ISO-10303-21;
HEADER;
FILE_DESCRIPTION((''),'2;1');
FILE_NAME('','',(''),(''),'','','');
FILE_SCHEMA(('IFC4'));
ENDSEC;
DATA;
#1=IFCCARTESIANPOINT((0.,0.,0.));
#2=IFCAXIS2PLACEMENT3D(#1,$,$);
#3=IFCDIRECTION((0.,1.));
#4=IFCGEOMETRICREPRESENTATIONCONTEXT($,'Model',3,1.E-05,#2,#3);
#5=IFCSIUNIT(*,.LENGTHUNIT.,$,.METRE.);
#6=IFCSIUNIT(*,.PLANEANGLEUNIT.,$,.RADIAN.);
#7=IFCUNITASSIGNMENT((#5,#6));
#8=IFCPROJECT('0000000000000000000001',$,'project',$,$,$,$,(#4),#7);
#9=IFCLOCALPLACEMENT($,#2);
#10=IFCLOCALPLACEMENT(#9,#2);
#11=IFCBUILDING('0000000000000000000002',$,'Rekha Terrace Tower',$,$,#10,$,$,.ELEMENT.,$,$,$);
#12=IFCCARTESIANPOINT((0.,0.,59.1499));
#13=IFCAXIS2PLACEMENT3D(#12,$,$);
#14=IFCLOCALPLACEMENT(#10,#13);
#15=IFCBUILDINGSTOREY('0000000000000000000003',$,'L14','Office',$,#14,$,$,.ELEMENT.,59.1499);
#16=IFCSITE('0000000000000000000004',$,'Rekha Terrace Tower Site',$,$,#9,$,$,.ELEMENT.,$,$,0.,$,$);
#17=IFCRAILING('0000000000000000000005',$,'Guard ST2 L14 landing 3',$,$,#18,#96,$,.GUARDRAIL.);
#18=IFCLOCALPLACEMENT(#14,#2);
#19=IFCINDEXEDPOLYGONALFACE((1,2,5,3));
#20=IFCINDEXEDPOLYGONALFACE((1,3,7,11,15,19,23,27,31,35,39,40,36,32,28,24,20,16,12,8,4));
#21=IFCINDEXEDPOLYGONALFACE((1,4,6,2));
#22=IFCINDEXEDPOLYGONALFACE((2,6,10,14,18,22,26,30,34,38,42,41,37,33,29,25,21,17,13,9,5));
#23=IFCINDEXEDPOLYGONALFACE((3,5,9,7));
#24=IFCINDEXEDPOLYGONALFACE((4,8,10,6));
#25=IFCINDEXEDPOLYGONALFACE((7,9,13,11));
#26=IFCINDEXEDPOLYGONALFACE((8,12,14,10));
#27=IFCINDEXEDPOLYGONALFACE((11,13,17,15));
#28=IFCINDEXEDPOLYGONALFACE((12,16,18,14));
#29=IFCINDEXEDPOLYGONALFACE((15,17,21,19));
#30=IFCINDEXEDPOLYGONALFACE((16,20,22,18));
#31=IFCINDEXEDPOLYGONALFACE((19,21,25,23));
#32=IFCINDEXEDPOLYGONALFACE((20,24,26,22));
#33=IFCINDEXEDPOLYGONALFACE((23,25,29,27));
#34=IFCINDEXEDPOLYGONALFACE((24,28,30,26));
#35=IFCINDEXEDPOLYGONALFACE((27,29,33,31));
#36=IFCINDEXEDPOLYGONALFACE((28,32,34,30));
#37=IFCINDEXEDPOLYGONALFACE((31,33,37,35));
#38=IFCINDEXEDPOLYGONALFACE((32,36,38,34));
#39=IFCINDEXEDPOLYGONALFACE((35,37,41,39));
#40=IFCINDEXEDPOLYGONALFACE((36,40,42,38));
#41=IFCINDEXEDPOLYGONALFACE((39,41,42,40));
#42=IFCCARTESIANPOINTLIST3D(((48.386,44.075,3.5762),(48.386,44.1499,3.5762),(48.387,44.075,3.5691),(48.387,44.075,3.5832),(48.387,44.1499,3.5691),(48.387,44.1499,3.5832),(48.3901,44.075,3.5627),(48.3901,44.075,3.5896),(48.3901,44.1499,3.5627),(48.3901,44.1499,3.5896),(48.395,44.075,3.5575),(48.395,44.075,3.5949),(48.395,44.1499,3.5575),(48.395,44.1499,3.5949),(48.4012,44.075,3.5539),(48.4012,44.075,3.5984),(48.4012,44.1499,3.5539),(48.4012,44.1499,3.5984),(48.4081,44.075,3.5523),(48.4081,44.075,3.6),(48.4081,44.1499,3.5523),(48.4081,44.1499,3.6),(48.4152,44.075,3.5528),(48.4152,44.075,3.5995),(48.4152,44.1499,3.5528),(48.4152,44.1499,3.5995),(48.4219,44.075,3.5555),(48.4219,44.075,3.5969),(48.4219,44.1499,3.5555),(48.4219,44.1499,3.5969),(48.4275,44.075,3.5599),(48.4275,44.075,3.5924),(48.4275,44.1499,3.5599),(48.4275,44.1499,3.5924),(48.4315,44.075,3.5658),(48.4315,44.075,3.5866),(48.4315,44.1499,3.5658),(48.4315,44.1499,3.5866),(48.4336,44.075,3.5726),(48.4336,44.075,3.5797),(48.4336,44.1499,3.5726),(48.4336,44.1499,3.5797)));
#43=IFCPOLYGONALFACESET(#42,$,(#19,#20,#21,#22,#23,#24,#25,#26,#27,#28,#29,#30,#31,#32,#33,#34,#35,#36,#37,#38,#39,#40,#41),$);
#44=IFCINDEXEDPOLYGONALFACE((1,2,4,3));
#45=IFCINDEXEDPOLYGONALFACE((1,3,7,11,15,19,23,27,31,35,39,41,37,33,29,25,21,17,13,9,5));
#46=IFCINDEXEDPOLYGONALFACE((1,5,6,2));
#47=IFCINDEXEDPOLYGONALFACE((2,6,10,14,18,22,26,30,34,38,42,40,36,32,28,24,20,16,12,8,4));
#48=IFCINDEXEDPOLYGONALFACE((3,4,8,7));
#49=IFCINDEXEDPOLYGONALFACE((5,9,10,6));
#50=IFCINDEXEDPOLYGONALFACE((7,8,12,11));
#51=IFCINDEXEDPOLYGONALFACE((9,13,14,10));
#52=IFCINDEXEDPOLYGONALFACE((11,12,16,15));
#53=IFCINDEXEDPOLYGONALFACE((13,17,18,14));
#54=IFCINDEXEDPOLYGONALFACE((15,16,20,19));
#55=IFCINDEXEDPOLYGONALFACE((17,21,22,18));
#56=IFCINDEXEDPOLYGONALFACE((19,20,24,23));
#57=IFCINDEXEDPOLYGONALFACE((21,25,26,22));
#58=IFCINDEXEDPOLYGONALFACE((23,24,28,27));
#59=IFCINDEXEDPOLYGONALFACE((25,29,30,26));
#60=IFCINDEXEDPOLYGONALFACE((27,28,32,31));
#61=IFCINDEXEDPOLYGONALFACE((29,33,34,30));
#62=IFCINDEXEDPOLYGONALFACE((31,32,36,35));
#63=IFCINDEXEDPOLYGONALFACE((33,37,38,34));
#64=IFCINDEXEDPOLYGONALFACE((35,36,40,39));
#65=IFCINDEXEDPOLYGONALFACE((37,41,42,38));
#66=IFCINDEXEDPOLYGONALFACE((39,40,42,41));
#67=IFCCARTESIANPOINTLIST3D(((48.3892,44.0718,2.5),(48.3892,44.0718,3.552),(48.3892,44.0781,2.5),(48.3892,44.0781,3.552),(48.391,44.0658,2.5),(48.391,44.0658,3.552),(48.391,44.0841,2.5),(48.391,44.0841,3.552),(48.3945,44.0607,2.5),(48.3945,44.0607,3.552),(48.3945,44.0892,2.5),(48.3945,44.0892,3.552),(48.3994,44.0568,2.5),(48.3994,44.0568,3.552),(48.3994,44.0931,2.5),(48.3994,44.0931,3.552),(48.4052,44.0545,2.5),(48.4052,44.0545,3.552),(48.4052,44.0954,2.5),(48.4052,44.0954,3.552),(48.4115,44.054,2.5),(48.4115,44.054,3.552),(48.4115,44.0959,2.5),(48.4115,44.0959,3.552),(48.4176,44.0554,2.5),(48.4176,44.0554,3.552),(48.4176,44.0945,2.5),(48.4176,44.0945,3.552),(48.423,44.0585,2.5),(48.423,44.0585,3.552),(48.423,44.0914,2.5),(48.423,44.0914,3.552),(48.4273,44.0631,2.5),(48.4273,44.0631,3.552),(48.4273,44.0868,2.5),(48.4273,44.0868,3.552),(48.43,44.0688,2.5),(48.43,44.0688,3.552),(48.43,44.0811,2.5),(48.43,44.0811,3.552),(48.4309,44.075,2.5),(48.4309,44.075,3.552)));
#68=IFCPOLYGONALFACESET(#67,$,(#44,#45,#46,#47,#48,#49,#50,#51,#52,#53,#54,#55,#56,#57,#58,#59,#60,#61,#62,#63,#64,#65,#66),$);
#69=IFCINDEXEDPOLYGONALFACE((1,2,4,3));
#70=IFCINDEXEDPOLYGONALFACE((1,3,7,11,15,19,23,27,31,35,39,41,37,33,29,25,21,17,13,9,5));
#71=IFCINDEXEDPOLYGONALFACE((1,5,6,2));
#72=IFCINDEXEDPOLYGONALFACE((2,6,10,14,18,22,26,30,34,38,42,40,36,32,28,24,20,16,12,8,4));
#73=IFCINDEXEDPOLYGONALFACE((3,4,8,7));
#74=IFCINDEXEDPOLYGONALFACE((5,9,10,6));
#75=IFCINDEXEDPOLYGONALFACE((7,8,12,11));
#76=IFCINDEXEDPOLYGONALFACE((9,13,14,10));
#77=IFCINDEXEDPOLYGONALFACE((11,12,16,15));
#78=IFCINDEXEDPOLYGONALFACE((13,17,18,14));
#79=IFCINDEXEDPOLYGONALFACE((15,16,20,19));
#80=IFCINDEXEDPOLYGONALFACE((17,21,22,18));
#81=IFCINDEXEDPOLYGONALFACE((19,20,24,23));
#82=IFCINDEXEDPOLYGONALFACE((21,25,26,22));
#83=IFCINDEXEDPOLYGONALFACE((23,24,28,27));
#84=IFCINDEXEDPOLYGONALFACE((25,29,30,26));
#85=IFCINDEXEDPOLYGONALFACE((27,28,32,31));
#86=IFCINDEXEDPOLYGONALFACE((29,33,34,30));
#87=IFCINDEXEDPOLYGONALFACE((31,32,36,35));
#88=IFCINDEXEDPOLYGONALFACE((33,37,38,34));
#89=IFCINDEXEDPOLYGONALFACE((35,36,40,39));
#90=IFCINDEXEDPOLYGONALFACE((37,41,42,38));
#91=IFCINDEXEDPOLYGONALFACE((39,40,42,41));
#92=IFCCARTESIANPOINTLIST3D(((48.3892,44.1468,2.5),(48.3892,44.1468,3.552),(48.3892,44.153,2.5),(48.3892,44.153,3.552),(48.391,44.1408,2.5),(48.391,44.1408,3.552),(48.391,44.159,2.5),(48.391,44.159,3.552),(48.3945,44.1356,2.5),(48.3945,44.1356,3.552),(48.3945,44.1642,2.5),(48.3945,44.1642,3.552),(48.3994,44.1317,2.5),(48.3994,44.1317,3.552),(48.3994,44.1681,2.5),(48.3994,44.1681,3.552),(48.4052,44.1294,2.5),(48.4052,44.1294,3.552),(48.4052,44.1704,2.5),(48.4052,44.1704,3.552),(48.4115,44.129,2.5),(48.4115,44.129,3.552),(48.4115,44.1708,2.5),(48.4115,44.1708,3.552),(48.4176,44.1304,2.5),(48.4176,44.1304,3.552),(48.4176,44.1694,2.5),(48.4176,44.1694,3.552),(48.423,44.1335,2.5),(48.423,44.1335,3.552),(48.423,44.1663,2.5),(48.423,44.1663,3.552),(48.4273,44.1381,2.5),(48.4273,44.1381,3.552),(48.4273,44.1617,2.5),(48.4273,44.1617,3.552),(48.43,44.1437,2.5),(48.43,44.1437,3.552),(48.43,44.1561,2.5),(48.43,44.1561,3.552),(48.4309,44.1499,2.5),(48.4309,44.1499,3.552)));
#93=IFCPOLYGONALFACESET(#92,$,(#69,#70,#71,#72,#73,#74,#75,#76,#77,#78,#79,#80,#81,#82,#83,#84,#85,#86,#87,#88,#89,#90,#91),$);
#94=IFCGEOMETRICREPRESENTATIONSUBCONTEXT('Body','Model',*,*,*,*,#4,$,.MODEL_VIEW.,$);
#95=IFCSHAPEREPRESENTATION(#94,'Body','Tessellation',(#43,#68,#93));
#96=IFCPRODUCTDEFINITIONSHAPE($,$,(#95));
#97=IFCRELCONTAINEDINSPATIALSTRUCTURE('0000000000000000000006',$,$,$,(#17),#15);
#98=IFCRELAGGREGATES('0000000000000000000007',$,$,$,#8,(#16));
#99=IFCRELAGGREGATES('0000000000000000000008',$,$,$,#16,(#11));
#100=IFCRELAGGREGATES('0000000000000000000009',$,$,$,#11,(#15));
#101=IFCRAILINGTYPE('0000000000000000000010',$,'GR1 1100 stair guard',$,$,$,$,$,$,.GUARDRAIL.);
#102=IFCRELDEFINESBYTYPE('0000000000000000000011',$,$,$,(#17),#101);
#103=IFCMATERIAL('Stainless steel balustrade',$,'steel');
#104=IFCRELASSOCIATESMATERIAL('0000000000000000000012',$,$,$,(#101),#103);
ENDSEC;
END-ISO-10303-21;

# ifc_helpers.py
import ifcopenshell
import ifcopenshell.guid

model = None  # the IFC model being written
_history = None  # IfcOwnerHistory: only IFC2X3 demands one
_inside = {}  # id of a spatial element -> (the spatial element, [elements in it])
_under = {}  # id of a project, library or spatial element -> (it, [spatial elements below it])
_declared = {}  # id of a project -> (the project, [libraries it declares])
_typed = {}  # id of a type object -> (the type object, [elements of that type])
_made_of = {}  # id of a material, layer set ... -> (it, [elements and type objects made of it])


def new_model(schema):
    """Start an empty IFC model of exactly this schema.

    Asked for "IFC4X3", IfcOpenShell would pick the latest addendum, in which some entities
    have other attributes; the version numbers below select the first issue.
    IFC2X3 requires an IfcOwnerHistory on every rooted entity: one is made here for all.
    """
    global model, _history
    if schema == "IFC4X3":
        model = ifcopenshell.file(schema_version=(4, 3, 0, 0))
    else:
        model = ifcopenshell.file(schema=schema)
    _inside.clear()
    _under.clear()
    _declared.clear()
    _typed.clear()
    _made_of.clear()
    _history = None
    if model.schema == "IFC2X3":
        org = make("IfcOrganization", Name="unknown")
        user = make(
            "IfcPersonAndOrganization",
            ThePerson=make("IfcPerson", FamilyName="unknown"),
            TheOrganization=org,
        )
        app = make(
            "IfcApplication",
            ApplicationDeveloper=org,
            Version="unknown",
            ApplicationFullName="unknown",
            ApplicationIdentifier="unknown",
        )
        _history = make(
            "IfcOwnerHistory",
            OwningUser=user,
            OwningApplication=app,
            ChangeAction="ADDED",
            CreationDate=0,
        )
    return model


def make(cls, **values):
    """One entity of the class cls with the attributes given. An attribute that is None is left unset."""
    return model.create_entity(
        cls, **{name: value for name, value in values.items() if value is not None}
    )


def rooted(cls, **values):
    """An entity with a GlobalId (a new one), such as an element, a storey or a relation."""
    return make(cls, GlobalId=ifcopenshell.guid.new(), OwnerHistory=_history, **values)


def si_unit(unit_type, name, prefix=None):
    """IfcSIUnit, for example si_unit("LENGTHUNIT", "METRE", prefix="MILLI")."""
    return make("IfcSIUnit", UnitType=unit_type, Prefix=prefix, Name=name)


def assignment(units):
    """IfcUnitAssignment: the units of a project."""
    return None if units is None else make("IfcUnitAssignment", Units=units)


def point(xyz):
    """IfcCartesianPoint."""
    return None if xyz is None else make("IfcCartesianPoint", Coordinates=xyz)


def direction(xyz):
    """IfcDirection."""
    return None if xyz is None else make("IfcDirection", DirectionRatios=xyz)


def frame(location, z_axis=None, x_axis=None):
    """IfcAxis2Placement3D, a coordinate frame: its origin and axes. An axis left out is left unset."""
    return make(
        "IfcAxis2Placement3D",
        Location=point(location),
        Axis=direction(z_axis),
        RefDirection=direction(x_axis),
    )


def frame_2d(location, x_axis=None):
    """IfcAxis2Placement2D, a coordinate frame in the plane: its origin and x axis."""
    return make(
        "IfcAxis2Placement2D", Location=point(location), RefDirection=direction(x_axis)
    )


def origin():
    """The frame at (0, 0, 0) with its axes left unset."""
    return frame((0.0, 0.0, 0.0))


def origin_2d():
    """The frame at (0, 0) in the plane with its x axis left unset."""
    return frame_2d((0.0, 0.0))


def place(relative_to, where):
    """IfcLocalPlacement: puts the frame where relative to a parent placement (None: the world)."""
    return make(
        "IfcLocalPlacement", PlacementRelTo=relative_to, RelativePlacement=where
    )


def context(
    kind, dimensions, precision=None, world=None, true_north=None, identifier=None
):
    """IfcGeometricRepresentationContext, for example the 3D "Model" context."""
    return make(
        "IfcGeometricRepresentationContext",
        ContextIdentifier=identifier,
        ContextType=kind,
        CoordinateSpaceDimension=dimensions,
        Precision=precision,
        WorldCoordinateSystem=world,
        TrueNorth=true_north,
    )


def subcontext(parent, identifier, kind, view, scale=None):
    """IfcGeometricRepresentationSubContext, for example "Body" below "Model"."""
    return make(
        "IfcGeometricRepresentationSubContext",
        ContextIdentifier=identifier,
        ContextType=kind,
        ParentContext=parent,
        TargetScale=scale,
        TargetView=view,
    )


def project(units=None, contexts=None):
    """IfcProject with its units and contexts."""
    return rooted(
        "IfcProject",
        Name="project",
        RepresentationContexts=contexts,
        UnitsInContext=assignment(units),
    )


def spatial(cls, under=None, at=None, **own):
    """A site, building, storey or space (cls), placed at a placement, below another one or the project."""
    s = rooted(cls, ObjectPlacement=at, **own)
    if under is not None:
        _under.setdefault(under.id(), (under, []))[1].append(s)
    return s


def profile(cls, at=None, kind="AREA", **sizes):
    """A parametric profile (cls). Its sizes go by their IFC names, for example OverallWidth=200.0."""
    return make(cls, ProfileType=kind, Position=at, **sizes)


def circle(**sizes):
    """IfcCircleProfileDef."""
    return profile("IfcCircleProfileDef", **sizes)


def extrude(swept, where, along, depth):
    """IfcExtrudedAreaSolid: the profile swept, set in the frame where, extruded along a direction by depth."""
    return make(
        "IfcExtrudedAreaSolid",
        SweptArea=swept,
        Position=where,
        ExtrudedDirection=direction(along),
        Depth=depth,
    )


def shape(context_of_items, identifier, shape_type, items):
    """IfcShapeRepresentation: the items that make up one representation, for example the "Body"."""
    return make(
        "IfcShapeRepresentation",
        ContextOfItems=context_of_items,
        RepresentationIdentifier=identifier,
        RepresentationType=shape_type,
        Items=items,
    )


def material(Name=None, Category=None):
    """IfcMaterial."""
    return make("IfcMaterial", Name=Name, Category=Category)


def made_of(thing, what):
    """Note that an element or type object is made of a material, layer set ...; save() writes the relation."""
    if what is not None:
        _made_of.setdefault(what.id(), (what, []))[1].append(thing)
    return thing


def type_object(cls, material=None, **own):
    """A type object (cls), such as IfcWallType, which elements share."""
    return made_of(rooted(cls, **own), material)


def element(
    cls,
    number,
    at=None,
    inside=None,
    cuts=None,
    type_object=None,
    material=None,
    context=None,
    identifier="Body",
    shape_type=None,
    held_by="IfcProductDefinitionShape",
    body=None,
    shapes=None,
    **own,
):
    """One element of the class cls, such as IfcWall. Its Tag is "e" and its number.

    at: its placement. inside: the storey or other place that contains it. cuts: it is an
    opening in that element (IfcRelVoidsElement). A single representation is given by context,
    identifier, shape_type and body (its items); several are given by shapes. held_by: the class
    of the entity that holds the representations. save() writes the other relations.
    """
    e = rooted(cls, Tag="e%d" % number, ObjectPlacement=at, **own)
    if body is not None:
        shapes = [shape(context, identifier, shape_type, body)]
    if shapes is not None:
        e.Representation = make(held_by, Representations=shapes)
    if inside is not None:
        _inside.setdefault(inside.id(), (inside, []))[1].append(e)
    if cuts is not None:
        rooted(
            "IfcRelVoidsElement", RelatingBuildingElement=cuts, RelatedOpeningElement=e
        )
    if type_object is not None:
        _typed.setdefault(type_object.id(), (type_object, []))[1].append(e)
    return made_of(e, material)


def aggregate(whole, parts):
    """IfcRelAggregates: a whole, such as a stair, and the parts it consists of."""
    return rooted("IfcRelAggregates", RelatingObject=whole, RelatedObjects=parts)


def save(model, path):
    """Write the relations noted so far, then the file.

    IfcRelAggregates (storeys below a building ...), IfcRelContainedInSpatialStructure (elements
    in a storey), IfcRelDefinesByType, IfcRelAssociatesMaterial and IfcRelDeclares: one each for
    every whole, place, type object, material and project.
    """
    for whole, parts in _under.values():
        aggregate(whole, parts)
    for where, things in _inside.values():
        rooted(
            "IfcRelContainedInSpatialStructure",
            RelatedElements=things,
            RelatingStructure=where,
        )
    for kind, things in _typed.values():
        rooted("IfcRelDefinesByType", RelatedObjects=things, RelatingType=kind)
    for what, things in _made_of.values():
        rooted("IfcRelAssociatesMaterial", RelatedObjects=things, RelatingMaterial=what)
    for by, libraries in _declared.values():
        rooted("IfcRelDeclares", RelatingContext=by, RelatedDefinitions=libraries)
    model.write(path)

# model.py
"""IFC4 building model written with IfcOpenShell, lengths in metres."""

from ifc_helpers import new_model, si_unit, direction, frame, origin, origin_2d, place, context, subcontext, project, spatial, circle, extrude, material, type_object, element, save


model = new_model("IFC4")

# Units and contexts
model_context = context("Model", 3, precision=1e-05, world=origin(), true_north=direction((0.0, 1.0)))
body_context = subcontext(model_context, "Body", "Model", "MODEL_VIEW")
ifc_project = project(units=[si_unit("LENGTHUNIT", "METRE"), si_unit("PLANEANGLEUNIT", "RADIAN")], contexts=[model_context])

# Site, building, storey
site_placement = place(None, origin())
site = spatial("IfcSite", under=ifc_project, at=site_placement, Name="Rekha Terrace Tower Site", CompositionType="ELEMENT", RefElevation=0.0)
building_placement = place(site_placement, origin())
building = spatial("IfcBuilding", under=site, at=building_placement, Name="Rekha Terrace Tower", CompositionType="ELEMENT")
storey_placement = place(building_placement, frame((0.0, 0.0, 59.1499)))
storey = spatial("IfcBuildingStorey", under=building, at=storey_placement, Name="L14", Description="Office", CompositionType="ELEMENT", Elevation=59.1499)

# Railing
ifc_material_1 = material(Name="Stainless steel balustrade", Category="steel")
railing_type_1 = type_object("IfcRailingType", Name="GR1 1100 stair guard", PredefinedType="GUARDRAIL", material=ifc_material_1)
railing_1_placement = place(storey_placement, frame((48.4099, 44.075, 2.5)))
element("IfcRailing", 1, at=railing_1_placement, inside=storey, type_object=railing_type_1, Name="Guard ST2 L14 landing 3", PredefinedType="GUARDRAIL", context=body_context, shape_type="SweptSolid", body=[
    extrude(circle(Radius=0.0239, at=origin_2d()), frame((0.0, 0.0, 1.0762), z_axis=(0.0, 1.0, 0.0), x_axis=(-1.0, 0.0, 0.0)), (0.0, 0.0, 1.0), 0.075),
    extrude(circle(Radius=0.021, at=origin_2d()), origin(), (0.0, 0.0, 1.0), 1.052),
    extrude(circle(Radius=0.021, at=origin_2d()), frame((0.0, 0.075, 0.0)), (0.0, 0.0, 1.0), 1.052),
])

save(model, "model.ifc")
